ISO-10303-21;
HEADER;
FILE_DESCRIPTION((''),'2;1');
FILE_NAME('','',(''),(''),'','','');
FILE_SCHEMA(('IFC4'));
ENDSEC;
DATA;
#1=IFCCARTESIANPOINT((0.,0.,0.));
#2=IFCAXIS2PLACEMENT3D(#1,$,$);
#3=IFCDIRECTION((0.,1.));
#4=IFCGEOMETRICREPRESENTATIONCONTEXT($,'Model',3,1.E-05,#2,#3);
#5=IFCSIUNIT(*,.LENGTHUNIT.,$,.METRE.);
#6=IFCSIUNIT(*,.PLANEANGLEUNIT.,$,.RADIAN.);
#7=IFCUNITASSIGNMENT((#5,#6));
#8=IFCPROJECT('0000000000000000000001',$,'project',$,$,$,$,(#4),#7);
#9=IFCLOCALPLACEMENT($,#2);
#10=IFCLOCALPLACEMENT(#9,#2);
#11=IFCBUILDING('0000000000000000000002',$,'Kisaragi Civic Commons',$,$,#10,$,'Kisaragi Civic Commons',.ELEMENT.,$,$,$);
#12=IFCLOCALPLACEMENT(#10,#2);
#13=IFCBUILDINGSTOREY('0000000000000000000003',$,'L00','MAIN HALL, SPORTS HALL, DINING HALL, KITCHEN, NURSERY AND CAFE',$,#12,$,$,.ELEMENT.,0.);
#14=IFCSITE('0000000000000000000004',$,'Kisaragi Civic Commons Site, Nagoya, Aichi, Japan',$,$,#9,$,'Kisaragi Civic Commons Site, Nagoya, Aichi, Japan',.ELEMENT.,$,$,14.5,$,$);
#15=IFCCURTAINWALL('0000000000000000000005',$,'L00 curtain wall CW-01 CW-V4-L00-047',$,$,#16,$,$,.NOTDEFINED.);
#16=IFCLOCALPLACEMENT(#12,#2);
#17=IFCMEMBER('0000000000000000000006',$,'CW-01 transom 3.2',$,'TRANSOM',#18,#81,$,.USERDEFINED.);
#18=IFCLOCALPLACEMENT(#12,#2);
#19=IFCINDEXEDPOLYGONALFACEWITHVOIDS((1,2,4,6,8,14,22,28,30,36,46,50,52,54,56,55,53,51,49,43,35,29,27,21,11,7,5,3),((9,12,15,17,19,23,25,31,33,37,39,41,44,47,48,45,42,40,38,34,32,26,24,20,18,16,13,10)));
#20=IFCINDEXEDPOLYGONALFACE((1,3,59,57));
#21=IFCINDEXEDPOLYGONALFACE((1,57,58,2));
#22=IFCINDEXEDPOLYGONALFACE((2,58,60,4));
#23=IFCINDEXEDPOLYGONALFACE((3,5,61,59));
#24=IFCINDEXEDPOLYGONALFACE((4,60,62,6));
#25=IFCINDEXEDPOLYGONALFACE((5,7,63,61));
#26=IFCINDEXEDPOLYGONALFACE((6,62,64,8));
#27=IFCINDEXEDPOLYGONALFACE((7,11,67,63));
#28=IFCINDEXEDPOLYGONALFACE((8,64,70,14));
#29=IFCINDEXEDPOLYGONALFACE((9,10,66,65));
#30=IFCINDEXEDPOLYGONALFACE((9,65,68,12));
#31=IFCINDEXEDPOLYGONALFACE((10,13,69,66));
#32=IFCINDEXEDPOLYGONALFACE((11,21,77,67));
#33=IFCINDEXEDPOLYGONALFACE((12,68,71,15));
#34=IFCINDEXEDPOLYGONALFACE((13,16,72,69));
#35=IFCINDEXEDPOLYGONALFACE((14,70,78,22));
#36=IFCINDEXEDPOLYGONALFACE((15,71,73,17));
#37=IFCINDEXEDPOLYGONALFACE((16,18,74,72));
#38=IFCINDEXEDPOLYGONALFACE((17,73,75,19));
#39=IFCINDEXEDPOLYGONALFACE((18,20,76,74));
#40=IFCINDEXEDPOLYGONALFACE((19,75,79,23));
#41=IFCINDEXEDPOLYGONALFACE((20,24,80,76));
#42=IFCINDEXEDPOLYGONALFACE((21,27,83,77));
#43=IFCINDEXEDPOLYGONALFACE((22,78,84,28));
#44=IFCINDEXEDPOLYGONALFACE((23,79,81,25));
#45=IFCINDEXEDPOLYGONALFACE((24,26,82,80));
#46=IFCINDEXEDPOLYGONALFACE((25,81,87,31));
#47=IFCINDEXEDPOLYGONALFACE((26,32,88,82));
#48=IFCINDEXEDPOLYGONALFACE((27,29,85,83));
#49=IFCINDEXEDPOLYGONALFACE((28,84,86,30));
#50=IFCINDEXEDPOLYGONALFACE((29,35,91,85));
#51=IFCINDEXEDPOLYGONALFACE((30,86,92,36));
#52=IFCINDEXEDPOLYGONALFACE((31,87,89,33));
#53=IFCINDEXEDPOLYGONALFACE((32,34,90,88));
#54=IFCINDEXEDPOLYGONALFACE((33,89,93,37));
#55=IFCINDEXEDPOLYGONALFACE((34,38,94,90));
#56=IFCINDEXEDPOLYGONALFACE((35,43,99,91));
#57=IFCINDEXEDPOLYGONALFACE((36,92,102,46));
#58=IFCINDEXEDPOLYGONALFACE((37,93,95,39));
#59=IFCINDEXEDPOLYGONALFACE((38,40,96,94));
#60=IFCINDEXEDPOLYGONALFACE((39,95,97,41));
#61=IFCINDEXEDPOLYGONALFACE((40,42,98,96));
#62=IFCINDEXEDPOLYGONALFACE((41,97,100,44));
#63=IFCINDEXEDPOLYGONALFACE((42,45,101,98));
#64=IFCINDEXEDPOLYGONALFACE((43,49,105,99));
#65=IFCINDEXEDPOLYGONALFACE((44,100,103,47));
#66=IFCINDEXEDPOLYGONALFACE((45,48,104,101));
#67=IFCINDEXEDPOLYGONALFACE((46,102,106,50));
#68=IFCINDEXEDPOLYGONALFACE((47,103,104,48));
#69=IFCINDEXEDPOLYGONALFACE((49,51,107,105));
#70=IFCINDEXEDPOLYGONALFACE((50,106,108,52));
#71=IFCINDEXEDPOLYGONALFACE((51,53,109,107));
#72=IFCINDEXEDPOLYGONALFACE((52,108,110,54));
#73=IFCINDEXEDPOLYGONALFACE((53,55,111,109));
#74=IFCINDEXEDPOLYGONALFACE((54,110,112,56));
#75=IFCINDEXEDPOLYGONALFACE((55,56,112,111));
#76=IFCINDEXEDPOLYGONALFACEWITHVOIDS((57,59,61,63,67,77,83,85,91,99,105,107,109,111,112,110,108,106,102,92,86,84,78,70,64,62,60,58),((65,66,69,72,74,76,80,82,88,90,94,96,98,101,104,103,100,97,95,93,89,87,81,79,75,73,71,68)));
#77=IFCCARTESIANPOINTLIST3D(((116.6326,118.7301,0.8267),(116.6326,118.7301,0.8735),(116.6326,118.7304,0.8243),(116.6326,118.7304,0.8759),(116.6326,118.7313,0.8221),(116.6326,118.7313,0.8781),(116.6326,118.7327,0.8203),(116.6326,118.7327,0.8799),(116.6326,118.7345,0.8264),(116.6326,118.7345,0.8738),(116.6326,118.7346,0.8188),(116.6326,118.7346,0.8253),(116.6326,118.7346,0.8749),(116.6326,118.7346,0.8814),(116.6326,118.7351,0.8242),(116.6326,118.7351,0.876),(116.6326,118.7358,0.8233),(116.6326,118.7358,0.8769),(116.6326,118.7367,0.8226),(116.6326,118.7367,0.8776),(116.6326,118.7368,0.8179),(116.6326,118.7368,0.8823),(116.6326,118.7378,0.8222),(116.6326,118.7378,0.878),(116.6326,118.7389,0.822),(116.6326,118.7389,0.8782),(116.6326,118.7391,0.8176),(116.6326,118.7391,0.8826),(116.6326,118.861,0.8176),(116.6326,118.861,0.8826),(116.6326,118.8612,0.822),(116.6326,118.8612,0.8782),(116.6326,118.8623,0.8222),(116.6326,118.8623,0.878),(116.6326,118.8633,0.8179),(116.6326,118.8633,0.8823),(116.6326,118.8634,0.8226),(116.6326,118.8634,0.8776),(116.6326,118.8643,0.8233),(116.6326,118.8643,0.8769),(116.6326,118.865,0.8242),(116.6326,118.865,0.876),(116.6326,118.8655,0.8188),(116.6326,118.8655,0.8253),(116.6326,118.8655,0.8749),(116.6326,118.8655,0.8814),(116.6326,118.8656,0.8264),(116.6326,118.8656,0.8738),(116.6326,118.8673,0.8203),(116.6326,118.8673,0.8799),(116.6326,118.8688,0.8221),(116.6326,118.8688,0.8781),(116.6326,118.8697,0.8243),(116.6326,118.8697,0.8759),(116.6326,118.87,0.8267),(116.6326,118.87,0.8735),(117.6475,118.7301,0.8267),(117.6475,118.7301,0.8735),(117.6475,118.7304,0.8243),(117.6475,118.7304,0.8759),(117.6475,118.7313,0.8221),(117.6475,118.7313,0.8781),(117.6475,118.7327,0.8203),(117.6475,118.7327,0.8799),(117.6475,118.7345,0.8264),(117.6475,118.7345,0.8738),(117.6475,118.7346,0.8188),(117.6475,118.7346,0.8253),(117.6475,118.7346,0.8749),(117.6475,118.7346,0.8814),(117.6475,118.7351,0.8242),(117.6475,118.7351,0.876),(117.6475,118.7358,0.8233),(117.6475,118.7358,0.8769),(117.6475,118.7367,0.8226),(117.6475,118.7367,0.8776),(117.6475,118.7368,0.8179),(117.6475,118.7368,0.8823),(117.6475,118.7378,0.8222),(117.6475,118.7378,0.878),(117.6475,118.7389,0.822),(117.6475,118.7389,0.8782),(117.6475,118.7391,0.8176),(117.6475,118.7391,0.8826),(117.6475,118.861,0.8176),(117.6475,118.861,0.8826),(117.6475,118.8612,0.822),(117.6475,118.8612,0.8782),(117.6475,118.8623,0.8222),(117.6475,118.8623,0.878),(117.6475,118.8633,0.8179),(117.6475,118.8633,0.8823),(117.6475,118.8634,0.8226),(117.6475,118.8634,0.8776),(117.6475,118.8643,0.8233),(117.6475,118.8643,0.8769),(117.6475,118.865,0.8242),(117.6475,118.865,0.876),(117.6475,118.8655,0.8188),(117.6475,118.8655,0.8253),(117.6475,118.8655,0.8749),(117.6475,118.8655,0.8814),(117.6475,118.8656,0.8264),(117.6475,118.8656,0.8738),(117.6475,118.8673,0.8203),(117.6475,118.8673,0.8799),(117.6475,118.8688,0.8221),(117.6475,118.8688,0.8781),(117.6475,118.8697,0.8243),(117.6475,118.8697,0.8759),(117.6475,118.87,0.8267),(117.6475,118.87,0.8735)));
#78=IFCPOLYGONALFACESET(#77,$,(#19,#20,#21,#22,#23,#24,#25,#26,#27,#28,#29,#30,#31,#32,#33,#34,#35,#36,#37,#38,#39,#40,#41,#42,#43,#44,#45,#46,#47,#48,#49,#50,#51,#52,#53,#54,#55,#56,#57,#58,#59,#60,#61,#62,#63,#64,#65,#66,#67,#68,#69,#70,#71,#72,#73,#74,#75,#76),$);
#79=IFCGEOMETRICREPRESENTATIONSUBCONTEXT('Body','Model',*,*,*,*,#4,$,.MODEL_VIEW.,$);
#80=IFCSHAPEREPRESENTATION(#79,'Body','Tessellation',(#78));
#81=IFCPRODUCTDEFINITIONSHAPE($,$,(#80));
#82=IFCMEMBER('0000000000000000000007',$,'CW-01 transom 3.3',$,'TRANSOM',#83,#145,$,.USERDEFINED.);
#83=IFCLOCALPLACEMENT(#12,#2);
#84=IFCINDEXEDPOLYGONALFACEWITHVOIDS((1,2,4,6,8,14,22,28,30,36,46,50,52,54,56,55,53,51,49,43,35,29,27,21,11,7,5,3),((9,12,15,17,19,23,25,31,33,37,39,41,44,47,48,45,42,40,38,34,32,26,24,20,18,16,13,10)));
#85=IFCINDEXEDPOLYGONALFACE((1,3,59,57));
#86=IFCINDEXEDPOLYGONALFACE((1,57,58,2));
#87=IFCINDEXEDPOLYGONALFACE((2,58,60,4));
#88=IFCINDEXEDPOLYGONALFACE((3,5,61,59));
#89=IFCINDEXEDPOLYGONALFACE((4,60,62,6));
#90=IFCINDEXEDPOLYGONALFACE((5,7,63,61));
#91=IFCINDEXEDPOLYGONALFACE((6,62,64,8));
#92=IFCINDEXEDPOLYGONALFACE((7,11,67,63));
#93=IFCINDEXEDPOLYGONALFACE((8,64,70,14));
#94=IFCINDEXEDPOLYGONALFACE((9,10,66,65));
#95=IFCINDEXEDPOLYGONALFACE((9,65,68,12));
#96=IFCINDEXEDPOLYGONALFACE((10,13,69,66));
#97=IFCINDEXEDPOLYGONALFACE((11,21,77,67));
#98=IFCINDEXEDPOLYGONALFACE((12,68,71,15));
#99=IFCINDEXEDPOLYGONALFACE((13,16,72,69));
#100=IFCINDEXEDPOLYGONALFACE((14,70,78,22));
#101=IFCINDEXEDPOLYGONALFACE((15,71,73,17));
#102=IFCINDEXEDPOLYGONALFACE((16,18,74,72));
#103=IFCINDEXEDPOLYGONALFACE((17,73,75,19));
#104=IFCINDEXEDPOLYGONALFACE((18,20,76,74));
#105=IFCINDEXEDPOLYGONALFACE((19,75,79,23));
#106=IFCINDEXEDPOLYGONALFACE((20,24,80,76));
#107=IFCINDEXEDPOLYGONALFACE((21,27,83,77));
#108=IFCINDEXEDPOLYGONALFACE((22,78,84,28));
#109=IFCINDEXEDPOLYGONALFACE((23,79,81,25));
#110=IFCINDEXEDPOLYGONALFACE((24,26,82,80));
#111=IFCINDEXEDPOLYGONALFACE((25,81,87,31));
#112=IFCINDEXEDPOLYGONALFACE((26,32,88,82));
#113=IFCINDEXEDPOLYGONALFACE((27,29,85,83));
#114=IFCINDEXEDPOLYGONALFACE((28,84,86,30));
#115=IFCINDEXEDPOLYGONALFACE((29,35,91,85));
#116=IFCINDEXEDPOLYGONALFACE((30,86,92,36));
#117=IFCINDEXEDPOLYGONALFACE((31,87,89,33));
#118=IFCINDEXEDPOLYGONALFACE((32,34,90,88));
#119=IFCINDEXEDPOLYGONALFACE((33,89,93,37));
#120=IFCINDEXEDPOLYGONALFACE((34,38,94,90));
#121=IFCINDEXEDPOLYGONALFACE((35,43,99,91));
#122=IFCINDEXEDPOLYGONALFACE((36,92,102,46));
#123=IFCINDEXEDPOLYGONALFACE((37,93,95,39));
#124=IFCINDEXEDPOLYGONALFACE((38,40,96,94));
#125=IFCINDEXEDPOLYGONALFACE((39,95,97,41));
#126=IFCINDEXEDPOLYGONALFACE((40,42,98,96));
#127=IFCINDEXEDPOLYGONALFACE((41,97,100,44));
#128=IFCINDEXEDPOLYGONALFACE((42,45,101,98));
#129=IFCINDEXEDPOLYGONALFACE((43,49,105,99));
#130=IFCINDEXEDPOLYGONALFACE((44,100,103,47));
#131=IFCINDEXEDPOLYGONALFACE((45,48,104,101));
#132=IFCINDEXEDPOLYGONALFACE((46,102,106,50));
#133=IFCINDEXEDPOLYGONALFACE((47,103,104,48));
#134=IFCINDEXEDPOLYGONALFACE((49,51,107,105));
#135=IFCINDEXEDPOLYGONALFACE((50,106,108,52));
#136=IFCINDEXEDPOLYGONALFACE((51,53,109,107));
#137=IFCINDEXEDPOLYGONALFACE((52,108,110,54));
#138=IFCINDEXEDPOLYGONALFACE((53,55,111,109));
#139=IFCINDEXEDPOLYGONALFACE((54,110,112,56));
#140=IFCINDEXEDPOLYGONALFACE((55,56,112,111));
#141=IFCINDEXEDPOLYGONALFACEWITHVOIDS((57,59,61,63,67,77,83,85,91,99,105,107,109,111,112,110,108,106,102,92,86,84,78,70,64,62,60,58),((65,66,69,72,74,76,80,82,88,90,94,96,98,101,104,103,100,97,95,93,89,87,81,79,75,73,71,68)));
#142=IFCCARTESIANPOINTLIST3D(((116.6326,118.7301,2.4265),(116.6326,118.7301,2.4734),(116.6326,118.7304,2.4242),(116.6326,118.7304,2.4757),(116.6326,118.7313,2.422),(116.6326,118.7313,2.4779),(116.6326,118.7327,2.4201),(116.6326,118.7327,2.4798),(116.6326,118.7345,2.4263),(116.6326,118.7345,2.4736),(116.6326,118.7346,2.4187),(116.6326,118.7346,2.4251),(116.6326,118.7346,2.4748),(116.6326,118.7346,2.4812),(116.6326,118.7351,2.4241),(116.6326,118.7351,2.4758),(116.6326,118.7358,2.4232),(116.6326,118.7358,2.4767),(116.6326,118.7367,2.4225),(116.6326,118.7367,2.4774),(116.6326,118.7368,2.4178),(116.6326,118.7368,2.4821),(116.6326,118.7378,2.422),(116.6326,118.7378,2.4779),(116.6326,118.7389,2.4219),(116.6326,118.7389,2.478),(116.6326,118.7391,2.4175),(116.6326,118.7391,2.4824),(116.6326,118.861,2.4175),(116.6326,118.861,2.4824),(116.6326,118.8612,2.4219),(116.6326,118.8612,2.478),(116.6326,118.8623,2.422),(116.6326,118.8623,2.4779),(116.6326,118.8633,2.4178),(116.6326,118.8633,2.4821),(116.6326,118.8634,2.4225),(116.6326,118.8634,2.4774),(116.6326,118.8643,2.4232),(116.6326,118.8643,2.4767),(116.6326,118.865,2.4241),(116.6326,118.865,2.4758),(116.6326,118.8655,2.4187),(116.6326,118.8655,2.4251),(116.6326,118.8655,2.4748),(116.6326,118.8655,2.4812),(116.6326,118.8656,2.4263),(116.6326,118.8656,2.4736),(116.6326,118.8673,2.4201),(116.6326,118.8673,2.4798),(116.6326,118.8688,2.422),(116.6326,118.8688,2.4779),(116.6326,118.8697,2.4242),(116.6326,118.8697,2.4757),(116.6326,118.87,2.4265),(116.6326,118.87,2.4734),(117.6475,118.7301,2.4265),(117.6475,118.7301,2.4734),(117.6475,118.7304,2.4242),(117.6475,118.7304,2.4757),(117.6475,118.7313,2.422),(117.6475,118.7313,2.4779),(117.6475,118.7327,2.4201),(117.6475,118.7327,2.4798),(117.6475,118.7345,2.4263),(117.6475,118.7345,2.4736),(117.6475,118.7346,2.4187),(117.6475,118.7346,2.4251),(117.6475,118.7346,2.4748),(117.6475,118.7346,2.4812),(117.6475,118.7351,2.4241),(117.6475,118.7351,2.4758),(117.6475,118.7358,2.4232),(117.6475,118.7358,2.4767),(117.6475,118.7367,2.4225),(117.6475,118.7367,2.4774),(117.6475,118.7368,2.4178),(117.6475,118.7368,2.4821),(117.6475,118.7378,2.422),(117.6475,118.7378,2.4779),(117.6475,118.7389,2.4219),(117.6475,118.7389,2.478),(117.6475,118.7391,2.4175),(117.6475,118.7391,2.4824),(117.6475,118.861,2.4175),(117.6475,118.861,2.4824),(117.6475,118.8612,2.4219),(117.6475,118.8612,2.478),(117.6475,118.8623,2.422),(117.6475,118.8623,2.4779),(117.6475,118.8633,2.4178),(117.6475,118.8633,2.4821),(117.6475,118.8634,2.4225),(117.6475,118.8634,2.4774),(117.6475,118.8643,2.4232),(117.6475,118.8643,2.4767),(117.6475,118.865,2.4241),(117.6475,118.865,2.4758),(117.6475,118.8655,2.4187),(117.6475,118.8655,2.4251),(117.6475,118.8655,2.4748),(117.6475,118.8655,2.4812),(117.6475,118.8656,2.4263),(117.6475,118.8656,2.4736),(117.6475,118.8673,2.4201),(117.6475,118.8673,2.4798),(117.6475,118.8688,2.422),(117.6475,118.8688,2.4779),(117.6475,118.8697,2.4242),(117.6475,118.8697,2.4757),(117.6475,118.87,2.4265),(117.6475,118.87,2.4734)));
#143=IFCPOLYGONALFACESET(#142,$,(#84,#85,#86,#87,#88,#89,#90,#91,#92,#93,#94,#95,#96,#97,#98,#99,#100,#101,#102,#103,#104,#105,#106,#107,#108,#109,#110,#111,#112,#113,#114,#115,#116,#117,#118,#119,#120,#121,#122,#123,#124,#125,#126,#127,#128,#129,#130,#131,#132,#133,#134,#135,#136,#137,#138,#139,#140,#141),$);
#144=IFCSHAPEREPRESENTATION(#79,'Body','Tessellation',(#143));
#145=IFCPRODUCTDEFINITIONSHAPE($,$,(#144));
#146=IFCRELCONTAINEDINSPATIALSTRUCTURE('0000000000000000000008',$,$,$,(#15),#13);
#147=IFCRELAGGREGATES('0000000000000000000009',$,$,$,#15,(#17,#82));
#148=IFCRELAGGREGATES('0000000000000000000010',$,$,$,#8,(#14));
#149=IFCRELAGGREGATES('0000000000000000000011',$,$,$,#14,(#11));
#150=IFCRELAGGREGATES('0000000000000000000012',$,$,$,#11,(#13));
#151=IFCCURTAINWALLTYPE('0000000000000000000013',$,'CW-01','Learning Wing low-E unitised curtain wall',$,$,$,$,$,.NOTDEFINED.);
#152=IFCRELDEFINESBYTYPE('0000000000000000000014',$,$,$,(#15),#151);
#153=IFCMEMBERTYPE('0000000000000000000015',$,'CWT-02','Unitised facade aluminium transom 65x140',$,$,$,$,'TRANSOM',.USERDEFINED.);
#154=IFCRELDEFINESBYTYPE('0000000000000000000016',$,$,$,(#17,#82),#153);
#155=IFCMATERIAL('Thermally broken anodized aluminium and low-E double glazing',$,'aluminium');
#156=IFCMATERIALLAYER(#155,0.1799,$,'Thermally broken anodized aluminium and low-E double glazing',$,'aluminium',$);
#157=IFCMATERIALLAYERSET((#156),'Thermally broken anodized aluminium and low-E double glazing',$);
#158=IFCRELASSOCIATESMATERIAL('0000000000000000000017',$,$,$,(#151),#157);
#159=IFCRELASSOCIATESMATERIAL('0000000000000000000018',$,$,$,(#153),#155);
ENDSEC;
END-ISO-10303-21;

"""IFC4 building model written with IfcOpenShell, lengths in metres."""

from ifc_helpers import new_model, si_unit, direction, frame, origin, origin_2d, place, context, subcontext, project, spatial, hollow_rectangle, extrude, material, layer, layer_set, material_profile, profile_set, type_object, element, aggregate, save


model = new_model("IFC4")

# Units and contexts
model_context = context("Model", 3, precision=1e-05, world=origin(), true_north=direction((0.0, 1.0)))
body_context = subcontext(model_context, "Body", "Model", "MODEL_VIEW")
ifc_project = project(units=[si_unit("LENGTHUNIT", "METRE"), si_unit("PLANEANGLEUNIT", "RADIAN")], contexts=[model_context])

# Site, building, storey
site_placement = place(None, origin())
site = spatial("IfcSite", under=ifc_project, at=site_placement, Name="Kisaragi Civic Commons Site, Nagoya, Aichi, Japan", LongName="Kisaragi Civic Commons Site, Nagoya, Aichi, Japan", CompositionType="ELEMENT", RefElevation=14.5)
building_placement = place(site_placement, origin())
building = spatial("IfcBuilding", under=site, at=building_placement, Name="Kisaragi Civic Commons", LongName="Kisaragi Civic Commons", CompositionType="ELEMENT")
storey_placement = place(building_placement, origin())
storey = spatial("IfcBuildingStorey", under=building, at=storey_placement, Name="L00", Description="MAIN HALL, SPORTS HALL, DINING HALL, KITCHEN, NURSERY AND CAFE", CompositionType="ELEMENT", Elevation=0.0)

# Curtain wall, members
ifc_material_1 = material(Name="Thermally broken anodized aluminium and low-E double glazing", Category="aluminium")
ifc_layer_1 = layer(ifc_material_1, 0.1799, Name="Thermally broken anodized aluminium and low-E double glazing", Category="aluminium")
ifc_layer_set_1 = layer_set([ifc_layer_1], Name="Thermally broken anodized aluminium and low-E double glazing")
curtain_wall_type = type_object("IfcCurtainWallType", Name="CW-01", Description="Learning Wing low-E unitised curtain wall", PredefinedType="NOTDEFINED", material=ifc_layer_set_1)
curtain_wall_placement = place(storey_placement, origin())
curtain_wall = element("IfcCurtainWall", 1, at=curtain_wall_placement, inside=storey, type_object=curtain_wall_type, Name="L00 curtain wall CW-01 CW-V4-L00-047", PredefinedType="NOTDEFINED")
ifc_material_profile_1 = material_profile(ifc_material_1, hollow_rectangle(XDim=0.1399, YDim=0.0649, WallThickness=0.0044, InnerFilletRadius=0.0044, OuterFilletRadius=0.009, at=origin_2d()), Name="CWT-65x140x4.5", Category="aluminium")
ifc_profile_set_1 = profile_set([ifc_material_profile_1], Name="Thermally broken anodized aluminium and low-E double glazing")
member_type_1 = type_object("IfcMemberType", Name="CWT-02", Description="Unitised facade aluminium transom 65x140", ElementType="TRANSOM", PredefinedType="USERDEFINED", material=ifc_profile_set_1)
member_1_placement = place(storey_placement, frame((116.6326, 118.8, 0.8501), z_axis=(1.0, 0.0, 0.0), x_axis=(0.0, 1.0, 0.0)))
member_1 = element("IfcMember", 2, at=member_1_placement, type_object=member_type_1, Name="CW-01 transom 3.2", ObjectType="TRANSOM", PredefinedType="USERDEFINED", context=body_context, shape_type="SweptSolid", body=[
    extrude(hollow_rectangle(XDim=0.1399, YDim=0.0649, WallThickness=0.0044, InnerFilletRadius=0.0044, OuterFilletRadius=0.009, at=origin_2d()), origin(), (0.0, 0.0, 1.0), 1.0149),
])
member_2_placement = place(storey_placement, frame((116.6326, 118.8, 2.45), z_axis=(1.0, 0.0, 0.0), x_axis=(0.0, 1.0, 0.0)))
member_2 = element("IfcMember", 3, at=member_2_placement, type_object=member_type_1, Name="CW-01 transom 3.3", ObjectType="TRANSOM", PredefinedType="USERDEFINED", context=body_context, shape_type="SweptSolid", body=[
    extrude(hollow_rectangle(XDim=0.1399, YDim=0.0649, WallThickness=0.0044, InnerFilletRadius=0.0044, OuterFilletRadius=0.009, at=origin_2d()), origin(), (0.0, 0.0, 1.0), 1.0149),
])
aggregate(curtain_wall, [member_1, member_2])

save(model, "model.ifc")
